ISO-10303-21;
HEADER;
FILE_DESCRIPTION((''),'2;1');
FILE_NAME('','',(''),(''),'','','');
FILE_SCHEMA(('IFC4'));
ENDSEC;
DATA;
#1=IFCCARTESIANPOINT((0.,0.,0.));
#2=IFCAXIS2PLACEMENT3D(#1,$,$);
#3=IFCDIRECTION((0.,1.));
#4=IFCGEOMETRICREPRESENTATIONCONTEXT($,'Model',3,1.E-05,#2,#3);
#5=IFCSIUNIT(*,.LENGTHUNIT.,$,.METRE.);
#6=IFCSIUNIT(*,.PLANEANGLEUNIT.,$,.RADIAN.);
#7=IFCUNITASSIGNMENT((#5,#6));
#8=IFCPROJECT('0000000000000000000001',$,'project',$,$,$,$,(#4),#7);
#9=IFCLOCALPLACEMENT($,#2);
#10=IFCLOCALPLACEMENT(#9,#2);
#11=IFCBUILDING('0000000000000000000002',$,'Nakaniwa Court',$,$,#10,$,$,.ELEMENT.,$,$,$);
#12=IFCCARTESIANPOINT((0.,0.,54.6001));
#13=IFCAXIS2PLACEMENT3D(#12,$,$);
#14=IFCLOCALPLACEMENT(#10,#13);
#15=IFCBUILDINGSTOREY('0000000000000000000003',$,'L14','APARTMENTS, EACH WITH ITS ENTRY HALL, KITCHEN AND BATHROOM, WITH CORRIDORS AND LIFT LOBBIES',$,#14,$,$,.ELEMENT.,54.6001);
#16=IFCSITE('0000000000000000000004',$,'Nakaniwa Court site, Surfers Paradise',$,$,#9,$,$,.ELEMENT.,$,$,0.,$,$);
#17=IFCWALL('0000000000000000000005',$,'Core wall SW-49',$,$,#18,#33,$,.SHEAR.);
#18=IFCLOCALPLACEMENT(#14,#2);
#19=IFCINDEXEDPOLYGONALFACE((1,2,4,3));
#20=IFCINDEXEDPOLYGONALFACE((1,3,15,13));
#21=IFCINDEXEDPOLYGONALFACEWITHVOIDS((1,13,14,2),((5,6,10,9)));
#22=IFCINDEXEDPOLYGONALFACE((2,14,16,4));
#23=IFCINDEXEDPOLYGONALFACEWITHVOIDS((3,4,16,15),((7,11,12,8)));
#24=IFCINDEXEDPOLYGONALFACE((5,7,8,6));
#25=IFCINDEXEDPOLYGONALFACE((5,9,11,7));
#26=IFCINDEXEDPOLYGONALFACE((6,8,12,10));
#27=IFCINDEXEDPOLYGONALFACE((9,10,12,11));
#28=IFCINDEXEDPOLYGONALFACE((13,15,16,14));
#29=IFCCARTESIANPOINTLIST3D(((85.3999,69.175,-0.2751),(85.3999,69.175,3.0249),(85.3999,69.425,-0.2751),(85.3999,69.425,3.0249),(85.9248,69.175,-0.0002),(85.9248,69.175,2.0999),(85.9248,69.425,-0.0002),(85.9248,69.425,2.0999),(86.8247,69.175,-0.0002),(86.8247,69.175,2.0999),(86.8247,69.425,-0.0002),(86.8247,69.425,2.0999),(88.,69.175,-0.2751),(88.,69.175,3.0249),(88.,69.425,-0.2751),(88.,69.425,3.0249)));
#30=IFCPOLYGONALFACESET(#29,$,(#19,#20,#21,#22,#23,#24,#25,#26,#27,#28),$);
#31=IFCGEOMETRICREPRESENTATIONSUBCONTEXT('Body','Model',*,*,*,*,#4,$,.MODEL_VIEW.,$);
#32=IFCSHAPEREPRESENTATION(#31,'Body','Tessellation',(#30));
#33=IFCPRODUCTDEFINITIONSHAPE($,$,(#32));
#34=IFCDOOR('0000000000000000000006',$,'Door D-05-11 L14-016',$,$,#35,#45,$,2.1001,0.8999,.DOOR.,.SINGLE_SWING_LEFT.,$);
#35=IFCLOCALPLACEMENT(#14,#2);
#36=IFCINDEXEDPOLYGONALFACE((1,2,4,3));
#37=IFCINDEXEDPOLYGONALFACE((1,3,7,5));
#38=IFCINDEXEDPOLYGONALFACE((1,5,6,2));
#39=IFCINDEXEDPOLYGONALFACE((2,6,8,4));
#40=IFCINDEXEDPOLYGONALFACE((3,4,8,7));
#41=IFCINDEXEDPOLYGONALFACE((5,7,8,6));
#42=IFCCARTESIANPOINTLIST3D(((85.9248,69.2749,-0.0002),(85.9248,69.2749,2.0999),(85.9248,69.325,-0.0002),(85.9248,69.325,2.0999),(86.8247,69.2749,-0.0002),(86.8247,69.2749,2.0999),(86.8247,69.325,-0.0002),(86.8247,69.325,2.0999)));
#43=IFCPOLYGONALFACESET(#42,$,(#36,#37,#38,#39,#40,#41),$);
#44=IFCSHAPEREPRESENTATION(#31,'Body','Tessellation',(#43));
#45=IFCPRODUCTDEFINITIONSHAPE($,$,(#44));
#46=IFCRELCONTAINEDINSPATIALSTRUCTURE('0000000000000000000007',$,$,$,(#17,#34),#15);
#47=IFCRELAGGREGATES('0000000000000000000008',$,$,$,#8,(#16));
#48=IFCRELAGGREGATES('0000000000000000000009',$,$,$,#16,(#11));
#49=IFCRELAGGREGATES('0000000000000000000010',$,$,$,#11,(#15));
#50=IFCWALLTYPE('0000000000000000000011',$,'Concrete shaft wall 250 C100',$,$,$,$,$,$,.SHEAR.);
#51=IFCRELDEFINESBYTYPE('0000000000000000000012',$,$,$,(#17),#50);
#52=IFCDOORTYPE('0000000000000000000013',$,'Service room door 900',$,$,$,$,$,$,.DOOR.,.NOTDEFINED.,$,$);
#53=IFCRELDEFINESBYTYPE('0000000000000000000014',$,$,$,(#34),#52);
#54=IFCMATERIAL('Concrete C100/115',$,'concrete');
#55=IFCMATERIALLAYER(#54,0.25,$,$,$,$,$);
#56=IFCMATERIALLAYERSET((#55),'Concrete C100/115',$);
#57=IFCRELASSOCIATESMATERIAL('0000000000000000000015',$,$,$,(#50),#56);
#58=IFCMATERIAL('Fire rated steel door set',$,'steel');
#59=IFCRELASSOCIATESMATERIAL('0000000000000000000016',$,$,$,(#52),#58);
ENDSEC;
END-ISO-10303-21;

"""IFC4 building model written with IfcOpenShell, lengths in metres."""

from ifc_helpers import new_model, si_unit, direction, frame, frame_2d, origin, place, context, subcontext, project, spatial, rectangle, extrude, material, layer, layer_set, type_object, element, fill, save


model = new_model("IFC4")

# Units and contexts
model_context = context("Model", 3, precision=1e-05, world=origin(), true_north=direction((0.0, 1.0)))
body_context = subcontext(model_context, "Body", "Model", "MODEL_VIEW")
ifc_project = project(units=[si_unit("LENGTHUNIT", "METRE"), si_unit("PLANEANGLEUNIT", "RADIAN")], contexts=[model_context])

# Site, building, storey
site_placement = place(None, origin())
site = spatial("IfcSite", under=ifc_project, at=site_placement, Name="Nakaniwa Court site, Surfers Paradise", CompositionType="ELEMENT", RefElevation=0.0)
building_placement = place(site_placement, origin())
building = spatial("IfcBuilding", under=site, at=building_placement, Name="Nakaniwa Court", CompositionType="ELEMENT")
storey_placement = place(building_placement, frame((0.0, 0.0, 54.6001)))
storey = spatial("IfcBuildingStorey", under=building, at=storey_placement, Name="L14", Description="APARTMENTS, EACH WITH ITS ENTRY HALL, KITCHEN AND BATHROOM, WITH CORRIDORS AND LIFT LOBBIES", CompositionType="ELEMENT", Elevation=54.6001)

# Shared definitions
ifc_material_1 = material(Name="Concrete C100/115", Category="concrete")

# Shared definitions
ifc_material_2 = material(Name="Fire rated steel door set", Category="steel")

# Shared definitions
ifc_layer_1 = layer(ifc_material_1, 0.25)
ifc_layer_set_1 = layer_set([ifc_layer_1], Name="Concrete C100/115")
wall_type_1 = type_object("IfcWallType", Name="Concrete shaft wall 250 C100", PredefinedType="SHEAR", material=ifc_layer_set_1)

# Wall, opening, door
wall_1_placement = place(storey_placement, frame((85.3999, 69.3, -0.2751), z_axis=(0.0, 0.0, 1.0), x_axis=(1.0, 0.0, 0.0)))
wall_1 = element("IfcWall", 1, at=wall_1_placement, inside=storey, type_object=wall_type_1, Name="Core wall SW-49", PredefinedType="SHEAR", context=body_context, shape_type="SweptSolid", body=[
    extrude(rectangle(XDim=2.6001, YDim=0.25, at=frame_2d((1.3, 0.0))), origin(), (0.0, 0.0, 1.0), 3.3),
])
opening_1_placement = place(wall_1_placement, frame((0.5249, 0.0, 0.2749)))
opening_1 = element("IfcOpeningElement", 2, at=opening_1_placement, cuts=wall_1, PredefinedType="OPENING", context=body_context, shape_type="SweptSolid", body=[
    extrude(rectangle(XDim=0.8999, YDim=2.1001, at=frame_2d((0.45, 1.05))), frame((0.0, 0.135, 0.0), z_axis=(0.0, -1.0, 0.0), x_axis=(1.0, 0.0, 0.0)), (0.0, 0.0, 1.0), 0.27),
])
door_type_1 = type_object("IfcDoorType", Name="Service room door 900", OperationType="NOTDEFINED", PredefinedType="DOOR", material=ifc_material_2)
door_1_placement = place(opening_1_placement, origin())
door_1 = element("IfcDoor", 3, at=door_1_placement, inside=storey, type_object=door_type_1, Name="Door D-05-11 L14-016", OperationType="SINGLE_SWING_LEFT", OverallHeight=2.1001, OverallWidth=0.8999, PredefinedType="DOOR", context=body_context, shape_type="SweptSolid", body=[
    extrude(rectangle(XDim=0.8999, YDim=2.1001, at=frame_2d((0.45, 1.05))), frame((0.0, 0.0249, 0.0), z_axis=(0.0, -1.0, 0.0), x_axis=(1.0, 0.0, 0.0)), (0.0, 0.0, 1.0), 0.05),
])
fill(opening_1, door_1)

save(model, "model.ifc")
